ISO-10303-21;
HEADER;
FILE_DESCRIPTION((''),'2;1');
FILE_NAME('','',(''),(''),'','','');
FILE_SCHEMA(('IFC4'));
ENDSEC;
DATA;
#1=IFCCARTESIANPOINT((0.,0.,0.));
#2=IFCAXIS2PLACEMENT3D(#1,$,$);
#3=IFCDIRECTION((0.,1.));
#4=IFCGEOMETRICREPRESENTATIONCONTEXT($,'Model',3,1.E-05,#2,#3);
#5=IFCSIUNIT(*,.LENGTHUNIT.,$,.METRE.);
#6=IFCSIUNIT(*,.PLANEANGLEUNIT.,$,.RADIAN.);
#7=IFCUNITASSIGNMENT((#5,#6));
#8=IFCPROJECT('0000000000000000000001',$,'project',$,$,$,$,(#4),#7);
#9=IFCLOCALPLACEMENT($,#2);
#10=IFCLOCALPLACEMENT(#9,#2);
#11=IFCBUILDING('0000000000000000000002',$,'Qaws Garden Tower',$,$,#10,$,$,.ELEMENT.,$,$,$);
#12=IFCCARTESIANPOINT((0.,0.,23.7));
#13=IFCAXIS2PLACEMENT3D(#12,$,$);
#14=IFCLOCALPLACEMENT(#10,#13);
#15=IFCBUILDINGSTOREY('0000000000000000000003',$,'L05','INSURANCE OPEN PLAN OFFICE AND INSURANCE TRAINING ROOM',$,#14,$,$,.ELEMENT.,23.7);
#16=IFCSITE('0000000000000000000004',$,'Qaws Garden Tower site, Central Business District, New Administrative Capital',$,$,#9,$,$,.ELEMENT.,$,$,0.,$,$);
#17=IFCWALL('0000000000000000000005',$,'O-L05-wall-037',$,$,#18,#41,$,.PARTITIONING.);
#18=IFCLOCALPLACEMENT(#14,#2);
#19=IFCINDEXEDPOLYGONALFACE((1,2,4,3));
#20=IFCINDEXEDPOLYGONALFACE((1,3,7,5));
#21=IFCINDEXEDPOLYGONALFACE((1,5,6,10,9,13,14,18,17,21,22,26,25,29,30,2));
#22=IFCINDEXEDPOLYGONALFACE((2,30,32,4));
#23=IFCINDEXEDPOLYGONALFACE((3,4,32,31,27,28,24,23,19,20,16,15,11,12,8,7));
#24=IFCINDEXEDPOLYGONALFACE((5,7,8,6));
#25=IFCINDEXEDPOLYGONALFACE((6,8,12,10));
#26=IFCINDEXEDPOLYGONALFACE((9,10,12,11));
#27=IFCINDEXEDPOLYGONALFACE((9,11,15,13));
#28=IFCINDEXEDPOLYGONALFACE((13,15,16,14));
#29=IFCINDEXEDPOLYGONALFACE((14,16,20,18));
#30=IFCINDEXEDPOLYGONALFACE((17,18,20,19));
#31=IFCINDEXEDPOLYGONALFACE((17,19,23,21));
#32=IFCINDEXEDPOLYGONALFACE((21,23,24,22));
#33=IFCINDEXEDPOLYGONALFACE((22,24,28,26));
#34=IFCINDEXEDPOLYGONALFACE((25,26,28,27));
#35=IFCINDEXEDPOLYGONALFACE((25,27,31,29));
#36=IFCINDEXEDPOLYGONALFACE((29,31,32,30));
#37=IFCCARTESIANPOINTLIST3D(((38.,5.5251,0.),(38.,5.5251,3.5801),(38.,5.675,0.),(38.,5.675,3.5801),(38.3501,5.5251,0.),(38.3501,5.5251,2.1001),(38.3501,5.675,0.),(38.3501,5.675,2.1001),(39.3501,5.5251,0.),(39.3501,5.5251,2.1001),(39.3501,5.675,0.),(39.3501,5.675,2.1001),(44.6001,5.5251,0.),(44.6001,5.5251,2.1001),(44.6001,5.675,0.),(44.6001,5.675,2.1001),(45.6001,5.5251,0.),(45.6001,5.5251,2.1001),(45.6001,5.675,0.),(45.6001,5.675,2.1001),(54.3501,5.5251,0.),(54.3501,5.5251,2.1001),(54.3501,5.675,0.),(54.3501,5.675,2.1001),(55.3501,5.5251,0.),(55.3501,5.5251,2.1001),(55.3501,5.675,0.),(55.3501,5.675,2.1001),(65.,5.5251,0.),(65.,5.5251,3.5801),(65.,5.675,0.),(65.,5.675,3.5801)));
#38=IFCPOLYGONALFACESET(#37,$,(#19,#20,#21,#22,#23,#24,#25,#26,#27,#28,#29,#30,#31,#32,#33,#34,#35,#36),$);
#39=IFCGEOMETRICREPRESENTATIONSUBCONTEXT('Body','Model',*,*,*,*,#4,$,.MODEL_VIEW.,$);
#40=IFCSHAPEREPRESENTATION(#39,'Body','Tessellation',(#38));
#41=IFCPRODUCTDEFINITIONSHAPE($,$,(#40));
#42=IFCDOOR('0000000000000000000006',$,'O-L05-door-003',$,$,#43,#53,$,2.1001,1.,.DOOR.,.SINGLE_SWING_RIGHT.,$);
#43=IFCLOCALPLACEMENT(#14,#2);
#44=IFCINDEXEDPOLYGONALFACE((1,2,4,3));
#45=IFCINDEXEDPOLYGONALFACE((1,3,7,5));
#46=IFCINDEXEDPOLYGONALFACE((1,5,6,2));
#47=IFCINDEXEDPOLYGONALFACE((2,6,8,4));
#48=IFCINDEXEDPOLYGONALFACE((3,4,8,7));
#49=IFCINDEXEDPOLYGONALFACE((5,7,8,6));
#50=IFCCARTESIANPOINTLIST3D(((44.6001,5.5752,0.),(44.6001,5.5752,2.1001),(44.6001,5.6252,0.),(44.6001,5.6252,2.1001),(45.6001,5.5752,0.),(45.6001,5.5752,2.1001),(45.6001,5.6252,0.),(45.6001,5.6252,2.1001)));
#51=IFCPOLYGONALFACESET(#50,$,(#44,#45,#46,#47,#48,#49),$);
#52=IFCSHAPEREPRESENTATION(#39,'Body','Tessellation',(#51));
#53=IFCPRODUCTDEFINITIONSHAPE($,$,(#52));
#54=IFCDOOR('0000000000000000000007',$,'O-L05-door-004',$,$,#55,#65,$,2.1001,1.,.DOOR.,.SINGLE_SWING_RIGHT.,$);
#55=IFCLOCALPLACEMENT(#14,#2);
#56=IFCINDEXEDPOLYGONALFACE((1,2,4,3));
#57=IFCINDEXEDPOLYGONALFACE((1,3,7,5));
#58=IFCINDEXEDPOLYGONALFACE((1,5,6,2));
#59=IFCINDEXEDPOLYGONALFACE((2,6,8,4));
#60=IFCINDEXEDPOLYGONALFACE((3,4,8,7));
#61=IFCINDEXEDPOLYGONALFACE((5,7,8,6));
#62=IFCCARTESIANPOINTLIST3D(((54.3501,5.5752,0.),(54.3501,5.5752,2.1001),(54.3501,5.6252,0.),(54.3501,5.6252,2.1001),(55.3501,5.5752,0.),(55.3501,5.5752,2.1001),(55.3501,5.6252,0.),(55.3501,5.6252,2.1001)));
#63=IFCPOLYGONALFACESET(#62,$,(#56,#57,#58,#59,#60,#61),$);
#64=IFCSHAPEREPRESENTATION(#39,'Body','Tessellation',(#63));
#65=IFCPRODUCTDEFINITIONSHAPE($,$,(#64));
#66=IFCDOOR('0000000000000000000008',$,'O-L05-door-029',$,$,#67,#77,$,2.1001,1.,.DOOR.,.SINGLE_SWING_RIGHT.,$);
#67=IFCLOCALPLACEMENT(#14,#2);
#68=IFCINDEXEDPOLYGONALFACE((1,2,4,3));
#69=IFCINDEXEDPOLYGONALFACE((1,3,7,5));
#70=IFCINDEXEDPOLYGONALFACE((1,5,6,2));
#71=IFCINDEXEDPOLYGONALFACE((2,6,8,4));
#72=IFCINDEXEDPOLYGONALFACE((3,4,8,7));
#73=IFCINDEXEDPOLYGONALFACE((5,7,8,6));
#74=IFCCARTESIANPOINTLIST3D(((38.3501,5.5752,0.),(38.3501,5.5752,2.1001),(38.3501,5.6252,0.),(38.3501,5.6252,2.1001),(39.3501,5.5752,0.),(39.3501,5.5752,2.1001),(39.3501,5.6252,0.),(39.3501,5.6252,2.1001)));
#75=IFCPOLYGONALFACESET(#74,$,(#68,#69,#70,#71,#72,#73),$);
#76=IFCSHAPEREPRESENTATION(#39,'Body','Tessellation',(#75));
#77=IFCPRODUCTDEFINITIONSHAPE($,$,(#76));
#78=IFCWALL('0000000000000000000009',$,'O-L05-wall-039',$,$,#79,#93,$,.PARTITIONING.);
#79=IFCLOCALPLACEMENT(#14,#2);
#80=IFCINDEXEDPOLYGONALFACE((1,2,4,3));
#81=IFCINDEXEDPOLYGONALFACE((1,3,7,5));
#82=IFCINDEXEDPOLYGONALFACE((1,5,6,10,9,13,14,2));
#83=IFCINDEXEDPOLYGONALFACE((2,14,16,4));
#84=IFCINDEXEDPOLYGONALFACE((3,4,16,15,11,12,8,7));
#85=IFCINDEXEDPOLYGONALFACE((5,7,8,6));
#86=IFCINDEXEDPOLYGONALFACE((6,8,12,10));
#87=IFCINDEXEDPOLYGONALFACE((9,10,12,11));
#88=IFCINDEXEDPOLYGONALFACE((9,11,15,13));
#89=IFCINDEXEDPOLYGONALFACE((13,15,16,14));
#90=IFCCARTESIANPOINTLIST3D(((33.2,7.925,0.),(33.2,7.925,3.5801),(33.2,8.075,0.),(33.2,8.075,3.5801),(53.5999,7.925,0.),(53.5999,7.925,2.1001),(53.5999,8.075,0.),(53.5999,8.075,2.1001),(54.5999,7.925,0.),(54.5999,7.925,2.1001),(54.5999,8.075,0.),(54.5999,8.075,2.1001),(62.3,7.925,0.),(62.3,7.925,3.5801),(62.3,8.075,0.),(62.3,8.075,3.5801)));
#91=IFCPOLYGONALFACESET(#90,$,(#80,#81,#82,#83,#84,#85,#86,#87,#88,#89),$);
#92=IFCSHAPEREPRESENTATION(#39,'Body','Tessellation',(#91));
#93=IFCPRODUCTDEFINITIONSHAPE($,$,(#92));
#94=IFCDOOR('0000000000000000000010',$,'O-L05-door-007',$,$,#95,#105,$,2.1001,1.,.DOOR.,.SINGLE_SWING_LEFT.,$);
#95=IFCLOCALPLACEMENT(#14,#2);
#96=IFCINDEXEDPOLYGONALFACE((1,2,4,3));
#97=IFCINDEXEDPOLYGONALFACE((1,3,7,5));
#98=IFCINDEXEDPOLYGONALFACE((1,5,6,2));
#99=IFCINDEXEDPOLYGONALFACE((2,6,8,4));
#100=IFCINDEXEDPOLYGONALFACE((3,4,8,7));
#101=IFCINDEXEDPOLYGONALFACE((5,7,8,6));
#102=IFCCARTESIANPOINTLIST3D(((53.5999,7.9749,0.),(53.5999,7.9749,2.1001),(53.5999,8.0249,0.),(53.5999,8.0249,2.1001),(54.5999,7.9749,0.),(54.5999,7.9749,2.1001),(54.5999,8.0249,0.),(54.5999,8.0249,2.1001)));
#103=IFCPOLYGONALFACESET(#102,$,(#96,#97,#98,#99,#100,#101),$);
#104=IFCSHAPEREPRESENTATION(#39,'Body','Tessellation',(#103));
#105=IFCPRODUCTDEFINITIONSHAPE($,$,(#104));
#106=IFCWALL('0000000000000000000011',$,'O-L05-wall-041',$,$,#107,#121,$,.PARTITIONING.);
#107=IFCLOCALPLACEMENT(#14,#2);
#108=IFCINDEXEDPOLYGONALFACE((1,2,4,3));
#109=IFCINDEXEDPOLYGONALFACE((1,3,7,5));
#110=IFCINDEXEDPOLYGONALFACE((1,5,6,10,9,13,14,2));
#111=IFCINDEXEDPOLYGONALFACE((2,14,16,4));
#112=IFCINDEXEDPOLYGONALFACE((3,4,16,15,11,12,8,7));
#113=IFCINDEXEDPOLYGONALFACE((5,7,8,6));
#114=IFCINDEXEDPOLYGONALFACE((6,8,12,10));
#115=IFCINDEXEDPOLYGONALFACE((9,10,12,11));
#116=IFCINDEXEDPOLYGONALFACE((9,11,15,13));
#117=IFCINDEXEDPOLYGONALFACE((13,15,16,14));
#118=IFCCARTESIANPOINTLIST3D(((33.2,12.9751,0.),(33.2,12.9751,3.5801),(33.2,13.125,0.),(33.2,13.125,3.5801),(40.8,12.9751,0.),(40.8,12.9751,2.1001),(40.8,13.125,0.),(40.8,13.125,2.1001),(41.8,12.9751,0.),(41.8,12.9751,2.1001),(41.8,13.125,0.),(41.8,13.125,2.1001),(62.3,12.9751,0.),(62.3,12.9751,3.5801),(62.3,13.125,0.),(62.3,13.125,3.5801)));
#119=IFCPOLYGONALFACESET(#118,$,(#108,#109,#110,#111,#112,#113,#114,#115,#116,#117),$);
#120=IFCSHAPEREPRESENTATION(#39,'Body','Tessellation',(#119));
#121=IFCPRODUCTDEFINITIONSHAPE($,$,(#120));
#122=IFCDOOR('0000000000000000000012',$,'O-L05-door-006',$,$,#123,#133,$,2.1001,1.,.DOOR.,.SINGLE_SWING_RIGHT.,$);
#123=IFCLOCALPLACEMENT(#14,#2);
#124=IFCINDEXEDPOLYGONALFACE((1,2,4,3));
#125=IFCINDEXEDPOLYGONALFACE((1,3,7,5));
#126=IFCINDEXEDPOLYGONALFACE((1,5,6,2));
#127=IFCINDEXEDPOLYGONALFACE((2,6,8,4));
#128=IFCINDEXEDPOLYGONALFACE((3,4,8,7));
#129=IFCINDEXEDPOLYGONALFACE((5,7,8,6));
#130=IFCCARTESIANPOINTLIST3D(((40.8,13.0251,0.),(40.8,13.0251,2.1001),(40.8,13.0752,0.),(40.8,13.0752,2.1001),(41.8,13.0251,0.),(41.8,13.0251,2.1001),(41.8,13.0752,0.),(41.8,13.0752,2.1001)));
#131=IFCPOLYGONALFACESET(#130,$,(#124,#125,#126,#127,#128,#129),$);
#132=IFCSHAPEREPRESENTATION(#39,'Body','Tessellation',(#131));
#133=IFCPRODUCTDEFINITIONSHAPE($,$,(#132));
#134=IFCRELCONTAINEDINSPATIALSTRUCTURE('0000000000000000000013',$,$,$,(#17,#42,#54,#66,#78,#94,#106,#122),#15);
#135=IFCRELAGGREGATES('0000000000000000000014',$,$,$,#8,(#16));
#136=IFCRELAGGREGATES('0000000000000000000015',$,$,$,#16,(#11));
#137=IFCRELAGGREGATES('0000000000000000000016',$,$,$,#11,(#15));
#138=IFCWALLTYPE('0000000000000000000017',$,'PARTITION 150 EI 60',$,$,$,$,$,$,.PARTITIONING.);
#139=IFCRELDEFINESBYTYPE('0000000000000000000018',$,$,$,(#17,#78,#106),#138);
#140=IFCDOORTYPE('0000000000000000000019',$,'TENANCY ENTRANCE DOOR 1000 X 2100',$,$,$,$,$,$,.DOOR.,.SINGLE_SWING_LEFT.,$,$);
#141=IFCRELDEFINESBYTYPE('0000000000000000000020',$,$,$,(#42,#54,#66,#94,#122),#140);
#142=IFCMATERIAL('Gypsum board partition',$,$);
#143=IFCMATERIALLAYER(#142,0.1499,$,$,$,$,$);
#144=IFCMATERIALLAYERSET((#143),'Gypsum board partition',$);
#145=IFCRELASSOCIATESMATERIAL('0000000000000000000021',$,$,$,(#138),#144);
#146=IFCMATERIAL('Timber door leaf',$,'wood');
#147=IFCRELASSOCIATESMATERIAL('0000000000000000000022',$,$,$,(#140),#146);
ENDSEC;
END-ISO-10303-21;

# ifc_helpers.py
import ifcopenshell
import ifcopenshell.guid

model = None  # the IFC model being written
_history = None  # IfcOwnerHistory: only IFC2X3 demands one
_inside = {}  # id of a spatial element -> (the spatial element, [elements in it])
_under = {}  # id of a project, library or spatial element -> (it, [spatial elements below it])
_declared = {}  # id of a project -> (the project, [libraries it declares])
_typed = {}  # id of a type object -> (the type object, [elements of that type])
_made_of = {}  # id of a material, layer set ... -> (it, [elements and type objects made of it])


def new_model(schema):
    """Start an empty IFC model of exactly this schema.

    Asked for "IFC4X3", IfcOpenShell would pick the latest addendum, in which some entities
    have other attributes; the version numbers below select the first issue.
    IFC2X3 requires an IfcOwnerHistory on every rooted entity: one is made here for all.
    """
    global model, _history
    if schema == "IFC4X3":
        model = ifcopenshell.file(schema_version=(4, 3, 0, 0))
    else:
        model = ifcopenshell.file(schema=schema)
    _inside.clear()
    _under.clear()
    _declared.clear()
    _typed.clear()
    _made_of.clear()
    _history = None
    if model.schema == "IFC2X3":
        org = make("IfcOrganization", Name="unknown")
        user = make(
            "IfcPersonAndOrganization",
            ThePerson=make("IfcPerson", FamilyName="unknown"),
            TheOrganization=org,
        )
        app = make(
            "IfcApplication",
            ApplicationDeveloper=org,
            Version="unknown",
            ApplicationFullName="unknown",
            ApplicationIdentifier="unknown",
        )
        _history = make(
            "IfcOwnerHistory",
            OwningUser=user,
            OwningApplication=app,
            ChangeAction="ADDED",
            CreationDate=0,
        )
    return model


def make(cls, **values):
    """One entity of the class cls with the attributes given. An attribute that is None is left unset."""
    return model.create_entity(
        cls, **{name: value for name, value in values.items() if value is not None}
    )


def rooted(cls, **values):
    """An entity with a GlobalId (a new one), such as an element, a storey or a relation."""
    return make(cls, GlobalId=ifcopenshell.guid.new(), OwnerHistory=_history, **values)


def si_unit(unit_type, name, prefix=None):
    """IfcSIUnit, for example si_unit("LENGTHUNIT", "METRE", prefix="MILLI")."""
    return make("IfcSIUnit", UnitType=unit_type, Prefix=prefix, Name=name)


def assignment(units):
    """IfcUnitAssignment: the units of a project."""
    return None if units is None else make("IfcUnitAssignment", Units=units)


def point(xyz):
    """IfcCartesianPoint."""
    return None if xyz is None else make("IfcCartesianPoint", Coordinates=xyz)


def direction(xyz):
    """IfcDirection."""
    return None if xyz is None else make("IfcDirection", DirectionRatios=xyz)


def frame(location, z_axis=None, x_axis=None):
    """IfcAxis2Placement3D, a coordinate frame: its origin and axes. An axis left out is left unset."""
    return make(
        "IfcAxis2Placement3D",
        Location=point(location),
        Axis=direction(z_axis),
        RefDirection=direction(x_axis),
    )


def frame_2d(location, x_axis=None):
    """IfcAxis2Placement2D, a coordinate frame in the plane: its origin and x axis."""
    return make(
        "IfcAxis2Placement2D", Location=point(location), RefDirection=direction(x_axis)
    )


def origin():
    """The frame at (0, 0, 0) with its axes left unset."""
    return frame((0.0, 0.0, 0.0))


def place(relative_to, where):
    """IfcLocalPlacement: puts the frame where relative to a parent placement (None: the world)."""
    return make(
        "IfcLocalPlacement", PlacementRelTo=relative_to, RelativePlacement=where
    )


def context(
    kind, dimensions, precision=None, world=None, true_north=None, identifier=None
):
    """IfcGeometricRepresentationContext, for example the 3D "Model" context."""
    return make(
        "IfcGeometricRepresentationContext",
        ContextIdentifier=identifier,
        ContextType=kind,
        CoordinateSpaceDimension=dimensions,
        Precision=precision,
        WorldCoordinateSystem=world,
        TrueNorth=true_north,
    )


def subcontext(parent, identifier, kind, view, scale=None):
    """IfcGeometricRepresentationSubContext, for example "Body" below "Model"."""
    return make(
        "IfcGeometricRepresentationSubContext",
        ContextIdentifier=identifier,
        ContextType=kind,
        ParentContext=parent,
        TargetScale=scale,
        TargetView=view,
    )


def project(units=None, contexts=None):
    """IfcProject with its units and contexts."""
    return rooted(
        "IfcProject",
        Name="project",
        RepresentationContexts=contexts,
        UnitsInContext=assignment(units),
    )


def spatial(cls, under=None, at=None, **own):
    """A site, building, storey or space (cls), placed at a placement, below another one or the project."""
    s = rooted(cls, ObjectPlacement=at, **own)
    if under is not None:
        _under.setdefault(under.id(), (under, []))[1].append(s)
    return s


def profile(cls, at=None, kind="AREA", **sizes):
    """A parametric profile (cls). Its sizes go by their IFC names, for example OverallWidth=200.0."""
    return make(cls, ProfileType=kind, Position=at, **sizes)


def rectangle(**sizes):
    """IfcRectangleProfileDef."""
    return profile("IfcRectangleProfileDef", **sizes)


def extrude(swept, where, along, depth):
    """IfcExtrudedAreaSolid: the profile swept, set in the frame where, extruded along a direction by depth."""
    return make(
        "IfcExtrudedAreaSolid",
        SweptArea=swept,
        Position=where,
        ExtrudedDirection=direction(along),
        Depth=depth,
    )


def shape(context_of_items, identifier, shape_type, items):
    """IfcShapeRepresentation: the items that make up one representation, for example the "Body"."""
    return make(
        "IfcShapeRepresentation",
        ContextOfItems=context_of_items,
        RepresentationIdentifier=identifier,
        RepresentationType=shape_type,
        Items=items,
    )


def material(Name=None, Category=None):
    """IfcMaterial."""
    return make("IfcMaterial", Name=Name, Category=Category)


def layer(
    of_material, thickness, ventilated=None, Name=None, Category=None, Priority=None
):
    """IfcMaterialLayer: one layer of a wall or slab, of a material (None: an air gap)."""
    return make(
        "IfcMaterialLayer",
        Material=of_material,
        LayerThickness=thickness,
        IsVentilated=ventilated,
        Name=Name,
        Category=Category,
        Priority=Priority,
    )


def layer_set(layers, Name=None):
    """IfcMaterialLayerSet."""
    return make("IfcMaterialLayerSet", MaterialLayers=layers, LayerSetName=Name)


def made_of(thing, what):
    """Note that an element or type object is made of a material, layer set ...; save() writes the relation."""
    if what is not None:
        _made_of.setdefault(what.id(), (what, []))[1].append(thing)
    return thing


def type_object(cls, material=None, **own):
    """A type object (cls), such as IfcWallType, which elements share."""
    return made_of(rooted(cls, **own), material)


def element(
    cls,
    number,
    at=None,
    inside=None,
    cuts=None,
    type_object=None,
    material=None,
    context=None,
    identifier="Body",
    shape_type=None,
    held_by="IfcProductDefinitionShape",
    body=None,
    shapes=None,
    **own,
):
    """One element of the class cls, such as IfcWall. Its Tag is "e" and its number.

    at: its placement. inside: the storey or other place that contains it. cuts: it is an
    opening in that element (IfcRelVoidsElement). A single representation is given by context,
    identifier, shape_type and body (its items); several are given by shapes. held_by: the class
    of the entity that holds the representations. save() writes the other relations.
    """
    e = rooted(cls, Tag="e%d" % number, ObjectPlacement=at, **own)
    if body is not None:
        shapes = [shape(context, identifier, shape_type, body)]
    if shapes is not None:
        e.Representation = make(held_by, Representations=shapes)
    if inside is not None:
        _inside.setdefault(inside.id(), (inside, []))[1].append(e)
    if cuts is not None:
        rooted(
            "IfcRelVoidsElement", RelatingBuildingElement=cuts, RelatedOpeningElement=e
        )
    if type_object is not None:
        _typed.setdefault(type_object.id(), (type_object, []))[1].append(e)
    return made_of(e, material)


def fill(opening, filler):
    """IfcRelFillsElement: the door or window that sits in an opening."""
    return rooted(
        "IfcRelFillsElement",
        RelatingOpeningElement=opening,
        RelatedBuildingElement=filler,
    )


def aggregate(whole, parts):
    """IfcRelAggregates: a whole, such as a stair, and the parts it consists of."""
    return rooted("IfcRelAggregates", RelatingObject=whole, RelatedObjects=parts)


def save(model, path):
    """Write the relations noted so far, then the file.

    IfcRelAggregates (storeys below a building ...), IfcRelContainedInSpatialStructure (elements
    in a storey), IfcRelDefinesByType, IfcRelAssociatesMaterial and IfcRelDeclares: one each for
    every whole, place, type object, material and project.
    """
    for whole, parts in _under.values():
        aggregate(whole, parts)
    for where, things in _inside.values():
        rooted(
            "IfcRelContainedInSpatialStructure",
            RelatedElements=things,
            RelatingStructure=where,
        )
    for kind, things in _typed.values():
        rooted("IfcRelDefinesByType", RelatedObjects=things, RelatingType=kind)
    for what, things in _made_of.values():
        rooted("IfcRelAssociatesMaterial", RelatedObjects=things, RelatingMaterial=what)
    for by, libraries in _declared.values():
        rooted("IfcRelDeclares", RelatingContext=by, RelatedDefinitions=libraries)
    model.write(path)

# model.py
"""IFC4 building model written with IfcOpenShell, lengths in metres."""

from ifc_helpers import new_model, si_unit, direction, frame, frame_2d, origin, place, context, subcontext, project, spatial, rectangle, extrude, material, layer, layer_set, type_object, element, fill, save


model = new_model("IFC4")

# Units and contexts
model_context = context("Model", 3, precision=1e-05, world=origin(), true_north=direction((0.0, 1.0)))
body_context = subcontext(model_context, "Body", "Model", "MODEL_VIEW")
ifc_project = project(units=[si_unit("LENGTHUNIT", "METRE"), si_unit("PLANEANGLEUNIT", "RADIAN")], contexts=[model_context])

# Site, building, storey
site_placement = place(None, origin())
site = spatial("IfcSite", under=ifc_project, at=site_placement, Name="Qaws Garden Tower site, Central Business District, New Administrative Capital", CompositionType="ELEMENT", RefElevation=0.0)
building_placement = place(site_placement, origin())
building = spatial("IfcBuilding", under=site, at=building_placement, Name="Qaws Garden Tower", CompositionType="ELEMENT")
storey_placement = place(building_placement, frame((0.0, 0.0, 23.7)))
storey = spatial("IfcBuildingStorey", under=building, at=storey_placement, Name="L05", Description="INSURANCE OPEN PLAN OFFICE AND INSURANCE TRAINING ROOM", CompositionType="ELEMENT", Elevation=23.7)

# Shared definitions
ifc_material_1 = material(Name="Gypsum board partition")
ifc_layer_1 = layer(ifc_material_1, 0.1499)
ifc_layer_set_1 = layer_set([ifc_layer_1], Name="Gypsum board partition")
wall_type_1 = type_object("IfcWallType", Name="PARTITION 150 EI 60", PredefinedType="PARTITIONING", material=ifc_layer_set_1)

# Wall, openings, doors
wall_1_placement = place(storey_placement, frame((38.0, 5.6001, 0.0), z_axis=(0.0, 0.0, 1.0), x_axis=(1.0, 0.0, 0.0)))
wall_1 = element("IfcWall", 1, at=wall_1_placement, inside=storey, type_object=wall_type_1, Name="O-L05-wall-037", PredefinedType="PARTITIONING", context=body_context, shape_type="SweptSolid", body=[
    extrude(rectangle(XDim=27.0, YDim=0.1499, at=frame_2d((13.5, 0.0))), origin(), (0.0, 0.0, 1.0), 3.5801),
])
opening_1_placement = place(wall_1_placement, frame((6.6001, 0.0, 0.0)))
opening_1 = element("IfcOpeningElement", 2, at=opening_1_placement, cuts=wall_1, PredefinedType="OPENING", context=body_context, shape_type="SweptSolid", body=[
    extrude(rectangle(XDim=1.0, YDim=2.1001, at=frame_2d((0.5, 1.05))), frame((0.0, 0.085, 0.0), z_axis=(0.0, -1.0, 0.0), x_axis=(1.0, 0.0, 0.0)), (0.0, 0.0, 1.0), 0.1699),
])
opening_2_placement = place(wall_1_placement, frame((16.3501, 0.0, 0.0)))
opening_2 = element("IfcOpeningElement", 3, at=opening_2_placement, cuts=wall_1, PredefinedType="OPENING", context=body_context, shape_type="SweptSolid", body=[
    extrude(rectangle(XDim=1.0, YDim=2.1001, at=frame_2d((0.5, 1.05))), frame((0.0, 0.085, 0.0), z_axis=(0.0, -1.0, 0.0), x_axis=(1.0, 0.0, 0.0)), (0.0, 0.0, 1.0), 0.1699),
])
opening_3_placement = place(wall_1_placement, frame((0.3501, 0.0, 0.0)))
opening_3 = element("IfcOpeningElement", 4, at=opening_3_placement, cuts=wall_1, PredefinedType="OPENING", context=body_context, shape_type="SweptSolid", body=[
    extrude(rectangle(XDim=1.0, YDim=2.1001, at=frame_2d((0.5, 1.05))), frame((0.0, 0.085, 0.0), z_axis=(0.0, -1.0, 0.0), x_axis=(1.0, 0.0, 0.0)), (0.0, 0.0, 1.0), 0.1699),
])
ifc_material_2 = material(Name="Timber door leaf", Category="wood")
door_type_1 = type_object("IfcDoorType", Name="TENANCY ENTRANCE DOOR 1000 X 2100", OperationType="SINGLE_SWING_LEFT", PredefinedType="DOOR", material=ifc_material_2)
door_1_placement = place(opening_1_placement, frame((1.0, 0.0, 0.0), z_axis=(0.0, 0.0, 1.0), x_axis=(-1.0, 0.0, 0.0)))
door_1 = element("IfcDoor", 5, at=door_1_placement, inside=storey, type_object=door_type_1, Name="O-L05-door-003", OperationType="SINGLE_SWING_RIGHT", OverallHeight=2.1001, OverallWidth=1.0, PredefinedType="DOOR", context=body_context, shape_type="SweptSolid", body=[
    extrude(rectangle(XDim=1.0, YDim=2.1001, at=frame_2d((0.5, 1.05))), frame((0.0, 0.0249, 0.0), z_axis=(0.0, -1.0, 0.0), x_axis=(1.0, 0.0, 0.0)), (0.0, 0.0, 1.0), 0.05),
])
fill(opening_1, door_1)
door_2_placement = place(opening_2_placement, frame((1.0, 0.0, 0.0), z_axis=(0.0, 0.0, 1.0), x_axis=(-1.0, 0.0, 0.0)))
door_2 = element("IfcDoor", 6, at=door_2_placement, inside=storey, type_object=door_type_1, Name="O-L05-door-004", OperationType="SINGLE_SWING_RIGHT", OverallHeight=2.1001, OverallWidth=1.0, PredefinedType="DOOR", context=body_context, shape_type="SweptSolid", body=[
    extrude(rectangle(XDim=1.0, YDim=2.1001, at=frame_2d((0.5, 1.05))), frame((0.0, 0.0249, 0.0), z_axis=(0.0, -1.0, 0.0), x_axis=(1.0, 0.0, 0.0)), (0.0, 0.0, 1.0), 0.05),
])
fill(opening_2, door_2)
door_3_placement = place(opening_3_placement, frame((1.0, 0.0, 0.0), z_axis=(0.0, 0.0, 1.0), x_axis=(-1.0, 0.0, 0.0)))
door_3 = element("IfcDoor", 7, at=door_3_placement, inside=storey, type_object=door_type_1, Name="O-L05-door-029", OperationType="SINGLE_SWING_RIGHT", OverallHeight=2.1001, OverallWidth=1.0, PredefinedType="DOOR", context=body_context, shape_type="SweptSolid", body=[
    extrude(rectangle(XDim=1.0, YDim=2.1001, at=frame_2d((0.5, 1.05))), frame((0.0, 0.0249, 0.0), z_axis=(0.0, -1.0, 0.0), x_axis=(1.0, 0.0, 0.0)), (0.0, 0.0, 1.0), 0.05),
])
fill(opening_3, door_3)

# Walls, openings, doors
wall_2_placement = place(storey_placement, frame((33.2, 8.0, 0.0), z_axis=(0.0, 0.0, 1.0), x_axis=(1.0, 0.0, 0.0)))
wall_2 = element("IfcWall", 8, at=wall_2_placement, inside=storey, type_object=wall_type_1, Name="O-L05-wall-039", PredefinedType="PARTITIONING", context=body_context, shape_type="SweptSolid", body=[
    extrude(rectangle(XDim=29.1001, YDim=0.1499, at=frame_2d((14.55, 0.0))), origin(), (0.0, 0.0, 1.0), 3.5801),
])
opening_4_placement = place(wall_2_placement, frame((20.3999, 0.0, 0.0)))
opening_4 = element("IfcOpeningElement", 9, at=opening_4_placement, cuts=wall_2, PredefinedType="OPENING", context=body_context, shape_type="SweptSolid", body=[
    extrude(rectangle(XDim=1.0, YDim=2.1001, at=frame_2d((0.5, 1.05))), frame((0.0, 0.085, 0.0), z_axis=(0.0, -1.0, 0.0), x_axis=(1.0, 0.0, 0.0)), (0.0, 0.0, 1.0), 0.1699),
])
door_4_placement = place(opening_4_placement, origin())
door_4 = element("IfcDoor", 10, at=door_4_placement, inside=storey, type_object=door_type_1, Name="O-L05-door-007", OperationType="SINGLE_SWING_LEFT", OverallHeight=2.1001, OverallWidth=1.0, PredefinedType="DOOR", context=body_context, shape_type="SweptSolid", body=[
    extrude(rectangle(XDim=1.0, YDim=2.1001, at=frame_2d((0.5, 1.05))), frame((0.0, 0.0249, 0.0), z_axis=(0.0, -1.0, 0.0), x_axis=(1.0, 0.0, 0.0)), (0.0, 0.0, 1.0), 0.05),
])
fill(opening_4, door_4)
wall_3_placement = place(storey_placement, frame((33.2, 13.05, 0.0), z_axis=(0.0, 0.0, 1.0), x_axis=(1.0, 0.0, 0.0)))
wall_3 = element("IfcWall", 11, at=wall_3_placement, inside=storey, type_object=wall_type_1, Name="O-L05-wall-041", PredefinedType="PARTITIONING", context=body_context, shape_type="SweptSolid", body=[
    extrude(rectangle(XDim=29.1001, YDim=0.1499, at=frame_2d((14.55, 0.0))), origin(), (0.0, 0.0, 1.0), 3.5801),
])
opening_5_placement = place(wall_3_placement, frame((7.6001, 0.0, 0.0)))
opening_5 = element("IfcOpeningElement", 12, at=opening_5_placement, cuts=wall_3, PredefinedType="OPENING", context=body_context, shape_type="SweptSolid", body=[
    extrude(rectangle(XDim=1.0, YDim=2.1001, at=frame_2d((0.5, 1.05))), frame((0.0, 0.085, 0.0), z_axis=(0.0, -1.0, 0.0), x_axis=(1.0, 0.0, 0.0)), (0.0, 0.0, 1.0), 0.1699),
])
door_5_placement = place(opening_5_placement, frame((1.0, 0.0, 0.0), z_axis=(0.0, 0.0, 1.0), x_axis=(-1.0, 0.0, 0.0)))
door_5 = element("IfcDoor", 13, at=door_5_placement, inside=storey, type_object=door_type_1, Name="O-L05-door-006", OperationType="SINGLE_SWING_RIGHT", OverallHeight=2.1001, OverallWidth=1.0, PredefinedType="DOOR", context=body_context, shape_type="SweptSolid", body=[
    extrude(rectangle(XDim=1.0, YDim=2.1001, at=frame_2d((0.5, 1.05))), frame((0.0, 0.0249, 0.0), z_axis=(0.0, -1.0, 0.0), x_axis=(1.0, 0.0, 0.0)), (0.0, 0.0, 1.0), 0.05),
])
fill(opening_5, door_5)

save(model, "model.ifc")
